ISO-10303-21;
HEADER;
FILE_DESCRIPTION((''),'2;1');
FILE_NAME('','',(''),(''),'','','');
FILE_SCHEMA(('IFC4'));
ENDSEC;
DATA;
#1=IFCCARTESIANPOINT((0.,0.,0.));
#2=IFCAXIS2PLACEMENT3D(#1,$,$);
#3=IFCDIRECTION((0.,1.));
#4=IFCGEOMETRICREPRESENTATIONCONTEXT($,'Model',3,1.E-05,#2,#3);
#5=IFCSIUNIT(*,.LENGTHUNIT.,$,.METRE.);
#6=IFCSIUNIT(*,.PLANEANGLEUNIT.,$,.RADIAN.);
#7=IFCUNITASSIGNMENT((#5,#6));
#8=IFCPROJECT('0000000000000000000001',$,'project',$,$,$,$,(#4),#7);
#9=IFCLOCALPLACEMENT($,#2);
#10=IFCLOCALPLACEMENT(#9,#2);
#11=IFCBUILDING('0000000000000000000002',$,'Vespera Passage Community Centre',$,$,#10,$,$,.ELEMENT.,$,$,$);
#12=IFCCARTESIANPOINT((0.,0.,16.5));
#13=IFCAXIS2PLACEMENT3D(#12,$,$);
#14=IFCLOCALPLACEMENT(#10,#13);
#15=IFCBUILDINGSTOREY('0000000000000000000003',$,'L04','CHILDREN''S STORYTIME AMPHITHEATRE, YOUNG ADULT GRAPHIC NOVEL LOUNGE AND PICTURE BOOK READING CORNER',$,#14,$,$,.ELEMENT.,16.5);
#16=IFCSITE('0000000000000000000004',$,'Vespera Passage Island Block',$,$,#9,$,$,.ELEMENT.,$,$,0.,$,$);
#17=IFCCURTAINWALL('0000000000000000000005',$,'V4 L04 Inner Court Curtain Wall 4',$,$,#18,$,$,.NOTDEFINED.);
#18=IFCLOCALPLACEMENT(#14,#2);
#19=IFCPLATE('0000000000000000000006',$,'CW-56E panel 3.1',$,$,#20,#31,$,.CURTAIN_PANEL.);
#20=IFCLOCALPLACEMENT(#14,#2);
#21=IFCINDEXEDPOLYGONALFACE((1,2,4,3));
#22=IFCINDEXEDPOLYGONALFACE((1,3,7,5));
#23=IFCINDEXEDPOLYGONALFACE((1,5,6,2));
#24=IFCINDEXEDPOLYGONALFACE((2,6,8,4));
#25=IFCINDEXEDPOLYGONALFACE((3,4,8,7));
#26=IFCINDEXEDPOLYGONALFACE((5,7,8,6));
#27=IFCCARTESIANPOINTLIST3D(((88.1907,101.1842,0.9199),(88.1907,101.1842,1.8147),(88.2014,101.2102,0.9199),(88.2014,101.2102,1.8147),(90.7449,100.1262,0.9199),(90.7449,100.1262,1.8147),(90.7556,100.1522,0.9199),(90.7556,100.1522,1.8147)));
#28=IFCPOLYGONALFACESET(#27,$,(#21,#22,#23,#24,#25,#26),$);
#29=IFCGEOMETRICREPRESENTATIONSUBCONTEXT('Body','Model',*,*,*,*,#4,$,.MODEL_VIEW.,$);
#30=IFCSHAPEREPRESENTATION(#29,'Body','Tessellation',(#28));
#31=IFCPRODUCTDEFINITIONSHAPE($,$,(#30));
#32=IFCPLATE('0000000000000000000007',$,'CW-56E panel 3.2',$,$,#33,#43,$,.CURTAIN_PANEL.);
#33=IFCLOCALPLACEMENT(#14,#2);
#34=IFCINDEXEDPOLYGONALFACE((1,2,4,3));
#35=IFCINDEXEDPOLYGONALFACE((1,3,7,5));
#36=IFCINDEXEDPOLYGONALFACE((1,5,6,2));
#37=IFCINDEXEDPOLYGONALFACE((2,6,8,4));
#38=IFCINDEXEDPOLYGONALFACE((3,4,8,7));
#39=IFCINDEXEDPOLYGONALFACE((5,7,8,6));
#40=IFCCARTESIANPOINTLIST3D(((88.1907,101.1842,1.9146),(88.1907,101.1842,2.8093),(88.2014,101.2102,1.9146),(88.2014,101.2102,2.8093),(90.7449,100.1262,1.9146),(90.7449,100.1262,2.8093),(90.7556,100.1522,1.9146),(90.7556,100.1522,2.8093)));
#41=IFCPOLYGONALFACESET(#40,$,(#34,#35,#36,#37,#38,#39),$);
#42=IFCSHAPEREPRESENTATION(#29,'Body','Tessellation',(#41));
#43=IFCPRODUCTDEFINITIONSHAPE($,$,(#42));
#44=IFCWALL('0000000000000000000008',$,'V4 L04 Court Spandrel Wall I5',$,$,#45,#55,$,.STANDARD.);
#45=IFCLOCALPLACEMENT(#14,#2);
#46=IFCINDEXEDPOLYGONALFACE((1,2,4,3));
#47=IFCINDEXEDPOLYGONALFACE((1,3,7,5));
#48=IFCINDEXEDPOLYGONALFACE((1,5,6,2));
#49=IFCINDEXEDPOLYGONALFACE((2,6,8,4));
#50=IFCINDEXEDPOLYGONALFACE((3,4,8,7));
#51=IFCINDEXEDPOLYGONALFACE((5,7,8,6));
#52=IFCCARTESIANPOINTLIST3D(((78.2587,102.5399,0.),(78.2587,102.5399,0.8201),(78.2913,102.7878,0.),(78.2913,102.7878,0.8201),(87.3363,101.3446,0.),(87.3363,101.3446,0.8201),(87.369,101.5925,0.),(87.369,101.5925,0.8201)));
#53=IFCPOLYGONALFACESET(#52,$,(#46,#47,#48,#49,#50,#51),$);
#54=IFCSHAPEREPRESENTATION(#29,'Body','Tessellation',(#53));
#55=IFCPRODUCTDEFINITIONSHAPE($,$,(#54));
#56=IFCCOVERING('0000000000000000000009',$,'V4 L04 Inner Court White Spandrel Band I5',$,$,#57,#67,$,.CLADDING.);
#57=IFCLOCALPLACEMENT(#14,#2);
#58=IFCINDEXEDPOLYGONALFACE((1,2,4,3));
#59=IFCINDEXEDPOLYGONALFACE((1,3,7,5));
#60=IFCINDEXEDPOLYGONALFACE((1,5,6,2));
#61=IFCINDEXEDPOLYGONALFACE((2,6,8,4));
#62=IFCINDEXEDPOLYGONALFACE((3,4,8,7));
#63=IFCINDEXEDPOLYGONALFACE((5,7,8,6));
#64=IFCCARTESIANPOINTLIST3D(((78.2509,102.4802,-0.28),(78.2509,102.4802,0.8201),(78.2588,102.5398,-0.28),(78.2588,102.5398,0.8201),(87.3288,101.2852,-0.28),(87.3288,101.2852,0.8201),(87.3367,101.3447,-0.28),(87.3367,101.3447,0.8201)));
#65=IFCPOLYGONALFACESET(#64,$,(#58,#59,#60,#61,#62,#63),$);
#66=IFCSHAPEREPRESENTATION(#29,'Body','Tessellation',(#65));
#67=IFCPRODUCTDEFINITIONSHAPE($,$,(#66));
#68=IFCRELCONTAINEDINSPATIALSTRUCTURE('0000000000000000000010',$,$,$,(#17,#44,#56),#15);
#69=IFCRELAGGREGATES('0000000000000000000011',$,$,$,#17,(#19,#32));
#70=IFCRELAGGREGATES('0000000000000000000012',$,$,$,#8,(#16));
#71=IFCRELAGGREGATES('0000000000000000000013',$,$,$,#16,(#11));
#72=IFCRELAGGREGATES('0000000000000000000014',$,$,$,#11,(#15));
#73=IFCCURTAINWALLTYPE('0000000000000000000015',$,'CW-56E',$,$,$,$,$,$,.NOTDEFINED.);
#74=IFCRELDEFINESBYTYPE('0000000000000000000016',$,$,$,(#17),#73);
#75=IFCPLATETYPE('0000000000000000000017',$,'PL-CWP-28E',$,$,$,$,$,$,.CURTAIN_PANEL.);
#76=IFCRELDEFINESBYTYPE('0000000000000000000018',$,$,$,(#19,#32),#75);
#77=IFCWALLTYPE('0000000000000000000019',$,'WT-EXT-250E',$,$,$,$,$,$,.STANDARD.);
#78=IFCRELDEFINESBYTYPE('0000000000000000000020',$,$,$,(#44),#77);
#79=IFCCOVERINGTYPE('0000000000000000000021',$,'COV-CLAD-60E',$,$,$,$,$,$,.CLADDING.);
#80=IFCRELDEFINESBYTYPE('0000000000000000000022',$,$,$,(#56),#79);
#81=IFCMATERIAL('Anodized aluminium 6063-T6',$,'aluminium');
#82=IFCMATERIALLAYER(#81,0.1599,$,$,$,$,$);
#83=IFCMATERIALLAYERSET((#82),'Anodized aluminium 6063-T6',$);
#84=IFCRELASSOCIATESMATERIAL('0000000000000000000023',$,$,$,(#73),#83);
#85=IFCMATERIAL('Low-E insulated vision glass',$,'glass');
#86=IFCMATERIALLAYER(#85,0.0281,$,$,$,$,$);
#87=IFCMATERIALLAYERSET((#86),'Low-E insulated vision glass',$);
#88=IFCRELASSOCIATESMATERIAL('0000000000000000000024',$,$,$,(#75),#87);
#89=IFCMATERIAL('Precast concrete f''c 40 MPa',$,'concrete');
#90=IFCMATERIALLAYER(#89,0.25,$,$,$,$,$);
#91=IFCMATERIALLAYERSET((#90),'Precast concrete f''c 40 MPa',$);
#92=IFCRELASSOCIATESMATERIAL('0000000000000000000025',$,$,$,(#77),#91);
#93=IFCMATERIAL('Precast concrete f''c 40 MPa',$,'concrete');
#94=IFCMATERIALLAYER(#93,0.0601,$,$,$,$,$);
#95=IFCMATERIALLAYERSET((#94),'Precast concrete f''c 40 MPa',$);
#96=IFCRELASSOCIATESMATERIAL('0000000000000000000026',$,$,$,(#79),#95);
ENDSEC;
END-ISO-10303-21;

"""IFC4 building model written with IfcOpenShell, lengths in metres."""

from ifc_helpers import new_model, si_unit, direction, frame, frame_2d, origin, origin_2d, place, context, subcontext, project, spatial, rectangle, extrude, material, layer, layer_set, type_object, element, aggregate, save


model = new_model("IFC4")

# Units and contexts
model_context = context("Model", 3, precision=1e-05, world=origin(), true_north=direction((0.0, 1.0)))
body_context = subcontext(model_context, "Body", "Model", "MODEL_VIEW")
ifc_project = project(units=[si_unit("LENGTHUNIT", "METRE"), si_unit("PLANEANGLEUNIT", "RADIAN")], contexts=[model_context])

# Site, building, storey
site_placement = place(None, origin())
site = spatial("IfcSite", under=ifc_project, at=site_placement, Name="Vespera Passage Island Block", CompositionType="ELEMENT", RefElevation=0.0)
building_placement = place(site_placement, origin())
building = spatial("IfcBuilding", under=site, at=building_placement, Name="Vespera Passage Community Centre", CompositionType="ELEMENT")
storey_placement = place(building_placement, frame((0.0, 0.0, 16.5)))
storey = spatial("IfcBuildingStorey", under=building, at=storey_placement, Name="L04", Description="CHILDREN'S STORYTIME AMPHITHEATRE, YOUNG ADULT GRAPHIC NOVEL LOUNGE AND PICTURE BOOK READING CORNER", CompositionType="ELEMENT", Elevation=16.5)

# Curtain wall
ifc_material_1 = material(Name="Anodized aluminium 6063-T6", Category="aluminium")
ifc_layer_1 = layer(ifc_material_1, 0.1599)
ifc_layer_set_1 = layer_set([ifc_layer_1], Name="Anodized aluminium 6063-T6")
curtain_wall_type_1 = type_object("IfcCurtainWallType", Name="CW-56E", PredefinedType="NOTDEFINED", material=ifc_layer_set_1)
curtain_wall_1_placement = place(storey_placement, origin())
curtain_wall_1 = element("IfcCurtainWall", 1, at=curtain_wall_1_placement, inside=storey, type_object=curtain_wall_type_1, Name="V4 L04 Inner Court Curtain Wall 4", PredefinedType="NOTDEFINED")

# Plates
ifc_material_2 = material(Name="Low-E insulated vision glass", Category="glass")
ifc_layer_2 = layer(ifc_material_2, 0.0281)
ifc_layer_set_2 = layer_set([ifc_layer_2], Name="Low-E insulated vision glass")
plate_type = type_object("IfcPlateType", Name="PL-CWP-28E", PredefinedType="CURTAIN_PANEL", material=ifc_layer_set_2)
plate_1_placement = place(storey_placement, frame((89.4731, 100.6682, 0.9199), z_axis=(0.0, 0.0, 1.0), x_axis=(-0.923877, 0.38269, 0.0)))
plate_1 = element("IfcPlate", 2, at=plate_1_placement, type_object=plate_type, Name="CW-56E panel 3.1", PredefinedType="CURTAIN_PANEL", context=body_context, shape_type="SweptSolid", body=[
    extrude(rectangle(XDim=2.7646, YDim=0.0281, at=origin_2d()), origin(), (0.0, 0.0, 1.0), 0.8948),
])
plate_2_placement = place(storey_placement, frame((89.4731, 100.6682, 1.9146), z_axis=(0.0, 0.0, 1.0), x_axis=(-0.923877, 0.38269, 0.0)))
plate_2 = element("IfcPlate", 3, at=plate_2_placement, type_object=plate_type, Name="CW-56E panel 3.2", PredefinedType="CURTAIN_PANEL", context=body_context, shape_type="SweptSolid", body=[
    extrude(rectangle(XDim=2.7646, YDim=0.0281, at=origin_2d()), origin(), (0.0, 0.0, 1.0), 0.8948),
])
aggregate(curtain_wall_1, [plate_1, plate_2])

# Wall
ifc_material_3 = material(Name="Precast concrete f'c 40 MPa", Category="concrete")
ifc_layer_3 = layer(ifc_material_3, 0.25)
ifc_layer_set_3 = layer_set([ifc_layer_3], Name="Precast concrete f'c 40 MPa")
wall_type = type_object("IfcWallType", Name="WT-EXT-250E", PredefinedType="STANDARD", material=ifc_layer_set_3)
wall_placement = place(storey_placement, frame((87.3528, 101.4685, 0.0), z_axis=(0.0, 0.0, 1.0), x_axis=(-0.991442, 0.13055, 0.0)))
element("IfcWall", 4, at=wall_placement, inside=storey, type_object=wall_type, Name="V4 L04 Court Spandrel Wall I5", PredefinedType="STANDARD", context=body_context, shape_type="SweptSolid", body=[
    extrude(rectangle(XDim=9.156, YDim=0.25, at=frame_2d((4.5781, 0.0))), origin(), (0.0, 0.0, 1.0), 0.8201),
])

# Covering
ifc_material_4 = material(Name="Precast concrete f'c 40 MPa", Category="concrete")
ifc_layer_4 = layer(ifc_material_4, 0.0601)
ifc_layer_set_4 = layer_set([ifc_layer_4], Name="Precast concrete f'c 40 MPa")
covering_type = type_object("IfcCoveringType", Name="COV-CLAD-60E", PredefinedType="CLADDING", material=ifc_layer_set_4)
covering_placement = place(storey_placement, frame((87.3328, 101.3149, -0.28), z_axis=(0.0, 0.0, 1.0), x_axis=(-0.991446, 0.13052, 0.0)))
element("IfcCovering", 5, at=covering_placement, inside=storey, type_object=covering_type, Name="V4 L04 Inner Court White Spandrel Band I5", PredefinedType="CLADDING", context=body_context, shape_type="SweptSolid", body=[
    extrude(rectangle(XDim=9.1562, YDim=0.0601, at=frame_2d((4.5781, 0.0))), origin(), (0.0, 0.0, 1.0), 1.1001),
])

save(model, "model.ifc")
